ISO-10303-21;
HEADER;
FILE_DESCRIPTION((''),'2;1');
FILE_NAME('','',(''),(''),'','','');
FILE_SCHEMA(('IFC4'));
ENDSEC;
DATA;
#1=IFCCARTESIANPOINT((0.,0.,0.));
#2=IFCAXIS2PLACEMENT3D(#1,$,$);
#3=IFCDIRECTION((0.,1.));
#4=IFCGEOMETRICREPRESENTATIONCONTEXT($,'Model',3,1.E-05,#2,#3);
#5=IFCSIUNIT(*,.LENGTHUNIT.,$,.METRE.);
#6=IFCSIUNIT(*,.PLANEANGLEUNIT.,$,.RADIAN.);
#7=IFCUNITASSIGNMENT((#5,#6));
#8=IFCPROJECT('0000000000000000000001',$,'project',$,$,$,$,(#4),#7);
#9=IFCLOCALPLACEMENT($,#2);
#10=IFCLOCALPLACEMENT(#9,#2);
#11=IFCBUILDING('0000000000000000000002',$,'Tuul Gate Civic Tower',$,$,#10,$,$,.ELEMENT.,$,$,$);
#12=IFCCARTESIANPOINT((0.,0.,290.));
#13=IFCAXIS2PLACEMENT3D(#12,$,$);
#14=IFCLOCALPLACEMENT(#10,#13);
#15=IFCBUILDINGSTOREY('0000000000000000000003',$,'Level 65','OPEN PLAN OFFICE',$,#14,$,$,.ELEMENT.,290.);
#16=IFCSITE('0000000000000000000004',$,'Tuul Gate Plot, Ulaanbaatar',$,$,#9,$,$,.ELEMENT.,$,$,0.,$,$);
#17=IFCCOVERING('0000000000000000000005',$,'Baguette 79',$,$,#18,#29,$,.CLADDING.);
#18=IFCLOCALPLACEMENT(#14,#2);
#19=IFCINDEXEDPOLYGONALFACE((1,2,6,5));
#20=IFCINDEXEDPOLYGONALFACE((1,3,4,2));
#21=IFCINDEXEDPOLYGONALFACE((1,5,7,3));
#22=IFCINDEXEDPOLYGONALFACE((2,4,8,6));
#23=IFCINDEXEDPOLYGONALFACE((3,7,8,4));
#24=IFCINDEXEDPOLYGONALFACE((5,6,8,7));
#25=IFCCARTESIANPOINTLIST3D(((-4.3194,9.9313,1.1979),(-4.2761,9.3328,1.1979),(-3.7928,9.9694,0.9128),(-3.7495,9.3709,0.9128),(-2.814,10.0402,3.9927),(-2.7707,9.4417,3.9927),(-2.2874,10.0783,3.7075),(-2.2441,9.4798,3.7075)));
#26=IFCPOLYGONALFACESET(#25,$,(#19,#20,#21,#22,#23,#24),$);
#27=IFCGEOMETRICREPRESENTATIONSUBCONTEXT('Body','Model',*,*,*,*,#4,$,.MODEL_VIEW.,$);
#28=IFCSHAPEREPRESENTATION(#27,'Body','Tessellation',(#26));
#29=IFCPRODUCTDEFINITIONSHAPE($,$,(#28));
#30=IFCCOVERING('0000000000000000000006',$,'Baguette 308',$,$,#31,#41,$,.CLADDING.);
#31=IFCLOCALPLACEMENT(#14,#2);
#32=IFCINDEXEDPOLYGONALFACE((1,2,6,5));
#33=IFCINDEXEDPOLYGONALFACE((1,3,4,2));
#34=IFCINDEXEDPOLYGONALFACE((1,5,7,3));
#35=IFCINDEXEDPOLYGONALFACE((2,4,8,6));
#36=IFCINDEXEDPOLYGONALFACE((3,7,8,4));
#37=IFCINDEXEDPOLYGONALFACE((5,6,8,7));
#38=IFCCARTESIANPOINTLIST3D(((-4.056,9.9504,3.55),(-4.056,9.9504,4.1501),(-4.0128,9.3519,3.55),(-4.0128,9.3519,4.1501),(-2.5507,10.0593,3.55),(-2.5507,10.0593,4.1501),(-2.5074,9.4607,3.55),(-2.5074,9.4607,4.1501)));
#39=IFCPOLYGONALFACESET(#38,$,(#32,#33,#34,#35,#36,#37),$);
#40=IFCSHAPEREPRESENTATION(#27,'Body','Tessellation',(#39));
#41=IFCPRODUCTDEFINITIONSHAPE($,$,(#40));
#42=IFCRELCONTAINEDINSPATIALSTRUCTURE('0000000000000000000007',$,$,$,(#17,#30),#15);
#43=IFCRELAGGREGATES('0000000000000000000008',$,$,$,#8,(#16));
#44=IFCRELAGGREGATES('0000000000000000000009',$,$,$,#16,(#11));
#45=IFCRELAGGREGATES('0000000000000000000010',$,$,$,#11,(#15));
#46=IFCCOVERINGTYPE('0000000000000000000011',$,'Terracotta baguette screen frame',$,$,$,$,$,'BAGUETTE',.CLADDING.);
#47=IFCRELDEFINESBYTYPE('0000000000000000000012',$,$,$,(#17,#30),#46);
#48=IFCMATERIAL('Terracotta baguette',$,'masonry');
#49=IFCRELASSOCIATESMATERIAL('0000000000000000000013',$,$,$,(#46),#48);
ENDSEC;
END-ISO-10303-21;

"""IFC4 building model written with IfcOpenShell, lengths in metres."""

from ifc_helpers import new_model, si_unit, direction, frame, origin, origin_2d, place, context, subcontext, project, spatial, rectangle, extrude, material, material_profile, profile_set, type_object, element, save


model = new_model("IFC4")

# Units and contexts
model_context = context("Model", 3, precision=1e-05, world=origin(), true_north=direction((0.0, 1.0)))
body_context = subcontext(model_context, "Body", "Model", "MODEL_VIEW")
ifc_project = project(units=[si_unit("LENGTHUNIT", "METRE"), si_unit("PLANEANGLEUNIT", "RADIAN")], contexts=[model_context])

# Site, building, storey
site_placement = place(None, origin())
site = spatial("IfcSite", under=ifc_project, at=site_placement, Name="Tuul Gate Plot, Ulaanbaatar", CompositionType="ELEMENT", RefElevation=0.0)
building_placement = place(site_placement, origin())
building = spatial("IfcBuilding", under=site, at=building_placement, Name="Tuul Gate Civic Tower", CompositionType="ELEMENT")
storey_placement = place(building_placement, frame((0.0, 0.0, 290.0)))
storey = spatial("IfcBuildingStorey", under=building, at=storey_placement, Name="Level 65", Description="OPEN PLAN OFFICE", CompositionType="ELEMENT", Elevation=290.0)

# Coverings
ifc_material_1 = material(Name="Terracotta baguette", Category="masonry")
ifc_material_profile_1 = material_profile(ifc_material_1, rectangle(XDim=0.6001, YDim=0.6001, at=origin_2d()), Name="Terracotta baguette screen frame")
ifc_profile_set_1 = profile_set([ifc_material_profile_1], Name="Terracotta baguette")
covering_type = type_object("IfcCoveringType", Name="Terracotta baguette screen frame", ElementType="BAGUETTE", PredefinedType="CLADDING", material=ifc_profile_set_1)
covering_1_placement = place(storey_placement, frame((-2.5291, 9.76, 3.8501), z_axis=(-0.473954, -0.034282, -0.879882), x_axis=(0.072144, -0.997394, 0.0)))
element("IfcCovering", 1, at=covering_1_placement, inside=storey, type_object=covering_type, Name="Baguette 79", PredefinedType="CLADDING", context=body_context, shape_type="SweptSolid", body=[
    extrude(rectangle(XDim=0.6001, YDim=0.6001, at=origin_2d()), origin(), (0.0, 0.0, 1.0), 3.1763),
])
covering_2_placement = place(storey_placement, frame((-2.5291, 9.76, 3.8501), z_axis=(-0.997394, -0.072144, 0.0), x_axis=(0.072144, -0.997394, 0.0)))
element("IfcCovering", 2, at=covering_2_placement, inside=storey, type_object=covering_type, Name="Baguette 308", PredefinedType="CLADDING", context=body_context, shape_type="SweptSolid", body=[
    extrude(rectangle(XDim=0.6001, YDim=0.6001, at=origin_2d()), origin(), (0.0, 0.0, 1.0), 1.5093),
])

save(model, "model.ifc")
